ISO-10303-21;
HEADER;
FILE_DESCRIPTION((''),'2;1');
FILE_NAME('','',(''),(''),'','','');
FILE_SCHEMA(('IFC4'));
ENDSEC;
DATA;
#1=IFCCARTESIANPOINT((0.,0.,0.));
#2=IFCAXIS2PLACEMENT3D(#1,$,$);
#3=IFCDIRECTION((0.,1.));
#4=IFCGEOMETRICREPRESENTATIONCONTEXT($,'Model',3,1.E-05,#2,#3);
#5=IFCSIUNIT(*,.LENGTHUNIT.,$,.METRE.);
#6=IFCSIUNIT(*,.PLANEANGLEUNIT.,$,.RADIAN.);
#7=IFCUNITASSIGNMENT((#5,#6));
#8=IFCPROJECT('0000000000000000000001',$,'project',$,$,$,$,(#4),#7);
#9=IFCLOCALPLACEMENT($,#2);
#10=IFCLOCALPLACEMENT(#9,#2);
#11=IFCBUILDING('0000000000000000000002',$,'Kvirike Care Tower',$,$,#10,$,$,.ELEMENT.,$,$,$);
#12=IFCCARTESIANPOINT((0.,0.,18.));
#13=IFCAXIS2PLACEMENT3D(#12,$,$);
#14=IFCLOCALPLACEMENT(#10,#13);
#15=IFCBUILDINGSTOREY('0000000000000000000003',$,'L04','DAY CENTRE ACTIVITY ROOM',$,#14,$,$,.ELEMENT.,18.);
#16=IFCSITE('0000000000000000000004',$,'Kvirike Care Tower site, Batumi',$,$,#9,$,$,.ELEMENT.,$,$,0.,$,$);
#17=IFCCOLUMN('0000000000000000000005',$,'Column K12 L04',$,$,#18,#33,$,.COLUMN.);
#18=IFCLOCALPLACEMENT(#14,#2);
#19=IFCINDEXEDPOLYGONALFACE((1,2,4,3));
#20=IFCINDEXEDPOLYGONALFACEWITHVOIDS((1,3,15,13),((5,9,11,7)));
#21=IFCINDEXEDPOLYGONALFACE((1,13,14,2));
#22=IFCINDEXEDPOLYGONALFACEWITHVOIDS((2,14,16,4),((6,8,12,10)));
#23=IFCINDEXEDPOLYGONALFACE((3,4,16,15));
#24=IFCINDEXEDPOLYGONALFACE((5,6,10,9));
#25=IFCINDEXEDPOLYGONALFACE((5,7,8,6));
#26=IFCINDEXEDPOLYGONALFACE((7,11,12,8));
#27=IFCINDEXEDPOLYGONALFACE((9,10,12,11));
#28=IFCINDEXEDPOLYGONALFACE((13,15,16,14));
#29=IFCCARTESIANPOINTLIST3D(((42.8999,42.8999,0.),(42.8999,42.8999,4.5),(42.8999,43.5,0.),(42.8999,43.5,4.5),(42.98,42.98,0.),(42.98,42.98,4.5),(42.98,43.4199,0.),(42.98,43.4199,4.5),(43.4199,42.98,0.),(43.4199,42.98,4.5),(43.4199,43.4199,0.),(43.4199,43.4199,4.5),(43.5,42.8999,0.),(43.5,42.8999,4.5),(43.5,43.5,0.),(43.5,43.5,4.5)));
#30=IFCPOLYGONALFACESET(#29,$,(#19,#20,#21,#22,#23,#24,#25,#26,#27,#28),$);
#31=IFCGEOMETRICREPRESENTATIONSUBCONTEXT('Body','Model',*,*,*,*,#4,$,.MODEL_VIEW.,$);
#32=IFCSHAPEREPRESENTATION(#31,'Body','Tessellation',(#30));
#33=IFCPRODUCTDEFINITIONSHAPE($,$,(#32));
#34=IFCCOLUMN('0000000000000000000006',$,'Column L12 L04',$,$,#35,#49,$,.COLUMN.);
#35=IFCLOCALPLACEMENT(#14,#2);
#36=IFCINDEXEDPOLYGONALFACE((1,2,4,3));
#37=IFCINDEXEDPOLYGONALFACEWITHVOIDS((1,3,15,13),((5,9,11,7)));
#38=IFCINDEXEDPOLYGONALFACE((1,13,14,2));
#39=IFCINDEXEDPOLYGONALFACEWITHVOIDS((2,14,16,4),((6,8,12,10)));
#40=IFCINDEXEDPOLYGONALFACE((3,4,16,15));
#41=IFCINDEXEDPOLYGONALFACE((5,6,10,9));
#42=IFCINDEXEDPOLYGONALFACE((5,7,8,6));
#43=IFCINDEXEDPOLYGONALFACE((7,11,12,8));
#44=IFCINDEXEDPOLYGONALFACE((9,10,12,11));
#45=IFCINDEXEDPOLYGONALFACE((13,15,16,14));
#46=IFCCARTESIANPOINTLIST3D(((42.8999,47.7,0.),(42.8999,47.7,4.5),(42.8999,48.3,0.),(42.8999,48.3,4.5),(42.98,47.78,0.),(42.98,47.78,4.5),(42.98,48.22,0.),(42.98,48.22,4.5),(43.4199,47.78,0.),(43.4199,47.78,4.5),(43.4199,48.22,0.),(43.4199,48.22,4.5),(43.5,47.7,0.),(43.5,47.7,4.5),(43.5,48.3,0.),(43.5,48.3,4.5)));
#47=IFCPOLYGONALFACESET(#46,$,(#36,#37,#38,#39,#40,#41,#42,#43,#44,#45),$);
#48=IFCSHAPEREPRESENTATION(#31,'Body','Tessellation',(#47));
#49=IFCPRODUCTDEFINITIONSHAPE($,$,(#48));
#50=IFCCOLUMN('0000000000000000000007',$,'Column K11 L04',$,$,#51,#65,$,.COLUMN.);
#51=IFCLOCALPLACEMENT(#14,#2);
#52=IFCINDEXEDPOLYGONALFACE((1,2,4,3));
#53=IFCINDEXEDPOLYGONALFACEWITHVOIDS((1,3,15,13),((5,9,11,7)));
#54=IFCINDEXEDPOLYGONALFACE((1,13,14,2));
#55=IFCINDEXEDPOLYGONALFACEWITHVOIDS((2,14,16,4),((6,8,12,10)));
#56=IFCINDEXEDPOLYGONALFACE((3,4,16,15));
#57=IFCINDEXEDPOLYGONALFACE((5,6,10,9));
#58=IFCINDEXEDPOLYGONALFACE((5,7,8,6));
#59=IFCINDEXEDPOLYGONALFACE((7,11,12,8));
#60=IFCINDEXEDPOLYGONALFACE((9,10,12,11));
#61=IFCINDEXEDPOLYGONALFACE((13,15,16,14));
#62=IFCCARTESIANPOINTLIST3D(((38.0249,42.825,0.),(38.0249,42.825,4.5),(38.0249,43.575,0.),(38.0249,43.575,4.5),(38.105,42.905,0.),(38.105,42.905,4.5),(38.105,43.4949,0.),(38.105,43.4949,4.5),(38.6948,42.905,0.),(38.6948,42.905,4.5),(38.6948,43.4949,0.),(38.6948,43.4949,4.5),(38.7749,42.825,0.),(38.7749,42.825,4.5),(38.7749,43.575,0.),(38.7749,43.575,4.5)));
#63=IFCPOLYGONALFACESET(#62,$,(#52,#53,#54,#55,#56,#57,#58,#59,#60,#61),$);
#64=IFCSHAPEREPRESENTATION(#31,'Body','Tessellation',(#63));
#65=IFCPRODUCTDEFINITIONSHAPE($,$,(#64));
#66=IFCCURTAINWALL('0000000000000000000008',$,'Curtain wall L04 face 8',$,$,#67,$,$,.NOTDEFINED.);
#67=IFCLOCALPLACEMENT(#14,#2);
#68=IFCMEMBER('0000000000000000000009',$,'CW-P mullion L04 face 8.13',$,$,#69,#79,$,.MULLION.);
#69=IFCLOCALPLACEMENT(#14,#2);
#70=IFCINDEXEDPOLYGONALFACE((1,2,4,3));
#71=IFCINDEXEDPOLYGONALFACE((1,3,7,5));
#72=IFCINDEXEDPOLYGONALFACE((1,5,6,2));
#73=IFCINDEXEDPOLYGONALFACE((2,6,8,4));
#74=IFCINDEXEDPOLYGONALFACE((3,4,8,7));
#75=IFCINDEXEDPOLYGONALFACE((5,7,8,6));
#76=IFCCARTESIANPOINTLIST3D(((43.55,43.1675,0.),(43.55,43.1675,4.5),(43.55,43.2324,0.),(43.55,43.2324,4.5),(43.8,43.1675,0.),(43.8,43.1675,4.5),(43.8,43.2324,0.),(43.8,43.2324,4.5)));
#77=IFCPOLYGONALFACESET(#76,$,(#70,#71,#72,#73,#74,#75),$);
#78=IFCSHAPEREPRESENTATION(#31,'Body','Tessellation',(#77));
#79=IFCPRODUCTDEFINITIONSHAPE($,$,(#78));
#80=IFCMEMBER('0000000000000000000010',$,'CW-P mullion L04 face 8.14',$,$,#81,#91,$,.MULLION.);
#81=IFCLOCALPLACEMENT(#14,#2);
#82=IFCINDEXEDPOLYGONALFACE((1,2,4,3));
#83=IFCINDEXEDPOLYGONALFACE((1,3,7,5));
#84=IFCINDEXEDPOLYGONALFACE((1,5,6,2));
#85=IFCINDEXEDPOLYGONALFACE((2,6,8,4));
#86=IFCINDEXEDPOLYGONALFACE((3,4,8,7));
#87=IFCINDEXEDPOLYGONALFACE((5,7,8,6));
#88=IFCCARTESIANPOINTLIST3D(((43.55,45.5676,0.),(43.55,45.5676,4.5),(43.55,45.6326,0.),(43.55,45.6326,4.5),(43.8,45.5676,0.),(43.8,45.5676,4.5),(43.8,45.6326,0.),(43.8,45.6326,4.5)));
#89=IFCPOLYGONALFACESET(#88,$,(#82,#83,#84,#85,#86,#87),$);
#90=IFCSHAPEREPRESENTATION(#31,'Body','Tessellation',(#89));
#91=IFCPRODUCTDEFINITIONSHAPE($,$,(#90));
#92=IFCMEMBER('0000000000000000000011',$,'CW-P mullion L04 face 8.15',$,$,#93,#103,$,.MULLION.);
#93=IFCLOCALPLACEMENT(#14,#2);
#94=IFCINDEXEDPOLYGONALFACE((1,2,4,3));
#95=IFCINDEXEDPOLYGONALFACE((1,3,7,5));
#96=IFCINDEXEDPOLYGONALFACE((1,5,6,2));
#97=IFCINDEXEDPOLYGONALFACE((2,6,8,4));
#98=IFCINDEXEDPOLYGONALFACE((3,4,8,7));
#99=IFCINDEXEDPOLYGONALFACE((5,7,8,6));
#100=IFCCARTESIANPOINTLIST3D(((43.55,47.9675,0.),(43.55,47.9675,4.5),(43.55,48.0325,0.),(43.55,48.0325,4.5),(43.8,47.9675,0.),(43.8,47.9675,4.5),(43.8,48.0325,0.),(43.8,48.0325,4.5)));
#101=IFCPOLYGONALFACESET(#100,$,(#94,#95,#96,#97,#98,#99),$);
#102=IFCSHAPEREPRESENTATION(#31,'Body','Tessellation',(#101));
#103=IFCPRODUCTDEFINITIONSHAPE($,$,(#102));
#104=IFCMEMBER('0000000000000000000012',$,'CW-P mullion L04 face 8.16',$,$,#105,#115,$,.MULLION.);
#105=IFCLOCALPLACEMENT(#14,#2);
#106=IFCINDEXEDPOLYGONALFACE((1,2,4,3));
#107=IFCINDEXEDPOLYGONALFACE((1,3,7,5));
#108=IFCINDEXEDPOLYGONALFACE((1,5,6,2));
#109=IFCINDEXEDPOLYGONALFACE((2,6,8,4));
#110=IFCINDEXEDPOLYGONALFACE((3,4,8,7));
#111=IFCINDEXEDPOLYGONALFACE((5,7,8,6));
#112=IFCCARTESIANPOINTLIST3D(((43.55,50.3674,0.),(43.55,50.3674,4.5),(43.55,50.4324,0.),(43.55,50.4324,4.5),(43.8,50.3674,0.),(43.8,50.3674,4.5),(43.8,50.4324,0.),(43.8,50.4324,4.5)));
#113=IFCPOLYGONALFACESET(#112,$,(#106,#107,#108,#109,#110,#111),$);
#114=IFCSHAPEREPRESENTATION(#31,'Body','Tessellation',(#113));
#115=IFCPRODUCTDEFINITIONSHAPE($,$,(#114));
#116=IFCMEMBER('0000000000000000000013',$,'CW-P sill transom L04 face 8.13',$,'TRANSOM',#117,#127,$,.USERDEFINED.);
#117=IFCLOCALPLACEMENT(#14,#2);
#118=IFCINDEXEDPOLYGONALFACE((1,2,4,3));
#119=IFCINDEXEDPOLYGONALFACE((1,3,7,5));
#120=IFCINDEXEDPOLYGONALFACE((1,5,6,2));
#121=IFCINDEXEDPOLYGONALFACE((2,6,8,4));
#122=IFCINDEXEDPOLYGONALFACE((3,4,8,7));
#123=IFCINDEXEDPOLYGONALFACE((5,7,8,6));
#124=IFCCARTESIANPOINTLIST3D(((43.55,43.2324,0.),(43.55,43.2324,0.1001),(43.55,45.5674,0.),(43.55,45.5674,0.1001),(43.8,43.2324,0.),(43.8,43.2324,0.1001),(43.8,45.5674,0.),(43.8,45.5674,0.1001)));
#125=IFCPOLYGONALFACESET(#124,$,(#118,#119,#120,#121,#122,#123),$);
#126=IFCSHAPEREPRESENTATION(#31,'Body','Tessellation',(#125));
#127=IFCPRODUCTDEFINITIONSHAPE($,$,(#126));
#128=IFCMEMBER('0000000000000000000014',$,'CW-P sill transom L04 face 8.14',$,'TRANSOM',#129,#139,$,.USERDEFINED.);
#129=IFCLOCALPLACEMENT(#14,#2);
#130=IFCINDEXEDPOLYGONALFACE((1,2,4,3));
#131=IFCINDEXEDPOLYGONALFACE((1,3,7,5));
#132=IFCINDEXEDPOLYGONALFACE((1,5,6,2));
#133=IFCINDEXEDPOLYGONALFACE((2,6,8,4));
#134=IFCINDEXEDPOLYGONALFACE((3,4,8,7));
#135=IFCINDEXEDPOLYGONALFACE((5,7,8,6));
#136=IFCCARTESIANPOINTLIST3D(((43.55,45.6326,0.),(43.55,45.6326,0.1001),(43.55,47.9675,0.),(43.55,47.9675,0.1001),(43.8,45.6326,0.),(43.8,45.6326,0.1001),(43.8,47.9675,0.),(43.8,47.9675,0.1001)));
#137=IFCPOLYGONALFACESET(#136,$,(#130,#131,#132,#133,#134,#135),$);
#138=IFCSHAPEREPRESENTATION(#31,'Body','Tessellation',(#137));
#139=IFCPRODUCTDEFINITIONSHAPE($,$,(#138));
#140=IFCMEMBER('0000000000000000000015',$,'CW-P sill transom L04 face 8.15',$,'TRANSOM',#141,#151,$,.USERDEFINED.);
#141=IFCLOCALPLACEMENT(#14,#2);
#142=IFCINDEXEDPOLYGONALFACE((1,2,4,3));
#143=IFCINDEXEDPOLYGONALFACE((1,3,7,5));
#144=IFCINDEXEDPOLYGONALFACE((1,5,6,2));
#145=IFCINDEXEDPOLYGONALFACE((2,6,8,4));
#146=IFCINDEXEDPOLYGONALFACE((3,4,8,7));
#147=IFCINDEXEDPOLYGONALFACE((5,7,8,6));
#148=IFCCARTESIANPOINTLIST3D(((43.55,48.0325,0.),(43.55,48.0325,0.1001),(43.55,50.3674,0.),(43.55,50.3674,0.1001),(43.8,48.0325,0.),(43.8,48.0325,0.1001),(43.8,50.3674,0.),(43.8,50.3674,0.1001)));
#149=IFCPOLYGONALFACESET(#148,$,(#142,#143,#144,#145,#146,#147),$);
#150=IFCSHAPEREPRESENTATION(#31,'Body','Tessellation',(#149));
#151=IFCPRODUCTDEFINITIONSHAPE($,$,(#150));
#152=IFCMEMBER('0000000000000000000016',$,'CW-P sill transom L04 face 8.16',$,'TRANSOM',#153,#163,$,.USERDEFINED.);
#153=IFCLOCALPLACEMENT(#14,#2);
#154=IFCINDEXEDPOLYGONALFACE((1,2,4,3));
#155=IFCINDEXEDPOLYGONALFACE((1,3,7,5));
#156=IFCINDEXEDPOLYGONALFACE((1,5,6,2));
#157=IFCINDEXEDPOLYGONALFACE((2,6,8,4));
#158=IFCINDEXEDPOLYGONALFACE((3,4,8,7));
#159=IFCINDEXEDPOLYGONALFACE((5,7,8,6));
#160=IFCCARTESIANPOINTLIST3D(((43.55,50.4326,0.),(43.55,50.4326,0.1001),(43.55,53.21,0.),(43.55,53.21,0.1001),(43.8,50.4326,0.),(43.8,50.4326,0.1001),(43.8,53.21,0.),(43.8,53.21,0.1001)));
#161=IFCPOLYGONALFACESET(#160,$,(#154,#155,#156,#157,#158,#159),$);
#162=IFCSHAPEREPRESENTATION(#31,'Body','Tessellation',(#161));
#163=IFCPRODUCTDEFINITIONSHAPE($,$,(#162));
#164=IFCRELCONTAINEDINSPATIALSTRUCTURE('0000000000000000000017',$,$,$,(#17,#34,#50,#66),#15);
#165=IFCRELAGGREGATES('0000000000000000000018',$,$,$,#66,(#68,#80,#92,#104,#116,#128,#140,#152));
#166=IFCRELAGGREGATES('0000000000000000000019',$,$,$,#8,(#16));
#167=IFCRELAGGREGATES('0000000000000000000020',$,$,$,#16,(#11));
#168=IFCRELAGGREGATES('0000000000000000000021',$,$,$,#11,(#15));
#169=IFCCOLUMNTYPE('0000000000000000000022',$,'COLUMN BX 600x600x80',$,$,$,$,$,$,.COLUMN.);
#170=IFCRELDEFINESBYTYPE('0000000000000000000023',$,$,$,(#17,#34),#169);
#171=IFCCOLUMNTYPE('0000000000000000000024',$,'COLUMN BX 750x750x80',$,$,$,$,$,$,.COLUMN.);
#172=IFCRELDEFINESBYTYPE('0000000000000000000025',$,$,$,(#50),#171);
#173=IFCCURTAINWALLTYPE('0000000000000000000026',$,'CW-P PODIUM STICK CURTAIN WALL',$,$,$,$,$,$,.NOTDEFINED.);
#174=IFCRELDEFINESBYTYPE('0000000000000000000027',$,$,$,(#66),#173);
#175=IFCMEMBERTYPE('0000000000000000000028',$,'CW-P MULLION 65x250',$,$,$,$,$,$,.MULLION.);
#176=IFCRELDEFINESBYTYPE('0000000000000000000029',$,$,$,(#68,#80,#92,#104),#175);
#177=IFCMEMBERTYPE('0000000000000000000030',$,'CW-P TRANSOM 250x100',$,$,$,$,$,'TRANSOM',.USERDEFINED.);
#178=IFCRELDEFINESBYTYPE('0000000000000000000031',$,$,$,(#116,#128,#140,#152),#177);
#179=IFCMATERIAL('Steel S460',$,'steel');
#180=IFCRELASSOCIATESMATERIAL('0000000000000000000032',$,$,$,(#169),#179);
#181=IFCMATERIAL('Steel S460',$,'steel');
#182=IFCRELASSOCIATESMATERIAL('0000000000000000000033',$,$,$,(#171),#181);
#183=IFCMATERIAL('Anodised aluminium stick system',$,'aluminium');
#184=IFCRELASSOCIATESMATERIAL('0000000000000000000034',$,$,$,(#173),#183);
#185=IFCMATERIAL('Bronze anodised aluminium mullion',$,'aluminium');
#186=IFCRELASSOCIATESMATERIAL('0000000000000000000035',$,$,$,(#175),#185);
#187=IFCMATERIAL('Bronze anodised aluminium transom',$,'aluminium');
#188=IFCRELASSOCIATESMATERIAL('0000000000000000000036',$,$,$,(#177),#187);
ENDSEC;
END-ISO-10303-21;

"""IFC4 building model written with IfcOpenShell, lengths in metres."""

from ifc_helpers import new_model, si_unit, direction, frame, origin, origin_2d, place, context, subcontext, project, spatial, rectangle, hollow_rectangle, extrude, material, material_profile, profile_set, type_object, element, aggregate, save


model = new_model("IFC4")

# Units and contexts
model_context = context("Model", 3, precision=1e-05, world=origin(), true_north=direction((0.0, 1.0)))
body_context = subcontext(model_context, "Body", "Model", "MODEL_VIEW")
ifc_project = project(units=[si_unit("LENGTHUNIT", "METRE"), si_unit("PLANEANGLEUNIT", "RADIAN")], contexts=[model_context])

# Site, building, storey
site_placement = place(None, origin())
site = spatial("IfcSite", under=ifc_project, at=site_placement, Name="Kvirike Care Tower site, Batumi", CompositionType="ELEMENT", RefElevation=0.0)
building_placement = place(site_placement, origin())
building = spatial("IfcBuilding", under=site, at=building_placement, Name="Kvirike Care Tower", CompositionType="ELEMENT")
storey_placement = place(building_placement, frame((0.0, 0.0, 18.0)))
storey = spatial("IfcBuildingStorey", under=building, at=storey_placement, Name="L04", Description="DAY CENTRE ACTIVITY ROOM", CompositionType="ELEMENT", Elevation=18.0)

# Columns
ifc_material_1 = material(Name="Steel S460", Category="steel")
ifc_material_profile_1 = material_profile(ifc_material_1, hollow_rectangle(XDim=0.6001, YDim=0.6001, WallThickness=0.0801, at=origin_2d()), Name="BX 600x600x80")
ifc_profile_set_1 = profile_set([ifc_material_profile_1], Name="Steel S460")
column_type_1 = type_object("IfcColumnType", Name="COLUMN BX 600x600x80", PredefinedType="COLUMN", material=ifc_profile_set_1)
for number, where, z_axis, x_axis, name in (
    (1, (43.2, 43.2, 0.0), (0.0, 0.0, 1.0), (0.0, 1.0, 0.0), "Column K12 L04"),
    (2, (43.2, 48.0, 0.0), (0.0, 0.0, 1.0), (1.0, 0.0, 0.0), "Column L12 L04"),
):
    element("IfcColumn", number, at=place(storey_placement, frame(where, z_axis=z_axis, x_axis=x_axis)), inside=storey, type_object=column_type_1, Name=name, PredefinedType="COLUMN", context=body_context, shape_type="SweptSolid", body=[
        extrude(hollow_rectangle(XDim=0.6001, YDim=0.6001, WallThickness=0.0801, at=origin_2d()), origin(), (0.0, 0.0, 1.0), 4.5),
    ])
ifc_material_2 = material(Name="Steel S460", Category="steel")
ifc_material_profile_2 = material_profile(ifc_material_2, hollow_rectangle(XDim=0.75, YDim=0.75, WallThickness=0.0801, at=origin_2d()), Name="BX 750x750x80")
ifc_profile_set_2 = profile_set([ifc_material_profile_2], Name="Steel S460")
column_type_2 = type_object("IfcColumnType", Name="COLUMN BX 750x750x80", PredefinedType="COLUMN", material=ifc_profile_set_2)
column_placement = place(storey_placement, frame((38.3999, 43.2, 0.0), z_axis=(0.0, 0.0, 1.0), x_axis=(0.0, 1.0, 0.0)))
element("IfcColumn", 3, at=column_placement, inside=storey, type_object=column_type_2, Name="Column K11 L04", PredefinedType="COLUMN", context=body_context, shape_type="SweptSolid", body=[
    extrude(hollow_rectangle(XDim=0.75, YDim=0.75, WallThickness=0.0801, at=origin_2d()), origin(), (0.0, 0.0, 1.0), 4.5),
])

# Curtain wall, members
ifc_material_3 = material(Name="Anodised aluminium stick system", Category="aluminium")
curtain_wall_type = type_object("IfcCurtainWallType", Name="CW-P PODIUM STICK CURTAIN WALL", PredefinedType="NOTDEFINED", material=ifc_material_3)
curtain_wall_placement = place(storey_placement, origin())
curtain_wall = element("IfcCurtainWall", 4, at=curtain_wall_placement, inside=storey, type_object=curtain_wall_type, Name="Curtain wall L04 face 8", PredefinedType="NOTDEFINED")
ifc_material_4 = material(Name="Bronze anodised aluminium mullion", Category="aluminium")
ifc_material_profile_3 = material_profile(ifc_material_4, rectangle(XDim=0.0649, YDim=0.25, at=origin_2d()), Name="CW-P MULLION 65x250")
ifc_profile_set_3 = profile_set([ifc_material_profile_3], Name="Bronze anodised aluminium mullion")
member_type_1 = type_object("IfcMemberType", Name="CW-P MULLION 65x250", PredefinedType="MULLION", material=ifc_profile_set_3)
member_1_placement = place(storey_placement, frame((43.675, 43.2, 0.0), z_axis=(0.0, 0.0, 1.0), x_axis=(0.0, 1.0, 0.0)))
member_1 = element("IfcMember", 5, at=member_1_placement, type_object=member_type_1, Name="CW-P mullion L04 face 8.13", PredefinedType="MULLION", context=body_context, shape_type="SweptSolid", body=[
    extrude(rectangle(XDim=0.0649, YDim=0.25, at=origin_2d()), origin(), (0.0, 0.0, 1.0), 4.5),
])
member_2_placement = place(storey_placement, frame((43.675, 45.6001, 0.0), z_axis=(0.0, 0.0, 1.0), x_axis=(0.0, 1.0, 0.0)))
member_2 = element("IfcMember", 6, at=member_2_placement, type_object=member_type_1, Name="CW-P mullion L04 face 8.14", PredefinedType="MULLION", context=body_context, shape_type="SweptSolid", body=[
    extrude(rectangle(XDim=0.0649, YDim=0.25, at=origin_2d()), origin(), (0.0, 0.0, 1.0), 4.5),
])
member_3_placement = place(storey_placement, frame((43.675, 48.0, 0.0), z_axis=(0.0, 0.0, 1.0), x_axis=(0.0, 1.0, 0.0)))
member_3 = element("IfcMember", 7, at=member_3_placement, type_object=member_type_1, Name="CW-P mullion L04 face 8.15", PredefinedType="MULLION", context=body_context, shape_type="SweptSolid", body=[
    extrude(rectangle(XDim=0.0649, YDim=0.25, at=origin_2d()), origin(), (0.0, 0.0, 1.0), 4.5),
])
member_4_placement = place(storey_placement, frame((43.675, 50.3999, 0.0), z_axis=(0.0, 0.0, 1.0), x_axis=(0.0, 1.0, 0.0)))
member_4 = element("IfcMember", 8, at=member_4_placement, type_object=member_type_1, Name="CW-P mullion L04 face 8.16", PredefinedType="MULLION", context=body_context, shape_type="SweptSolid", body=[
    extrude(rectangle(XDim=0.0649, YDim=0.25, at=origin_2d()), origin(), (0.0, 0.0, 1.0), 4.5),
])
ifc_material_5 = material(Name="Bronze anodised aluminium transom", Category="aluminium")
ifc_material_profile_4 = material_profile(ifc_material_5, rectangle(XDim=0.25, YDim=0.1001, at=origin_2d()), Name="CW-P TRANSOM 250x100")
ifc_profile_set_4 = profile_set([ifc_material_profile_4], Name="Bronze anodised aluminium transom")
member_type_2 = type_object("IfcMemberType", Name="CW-P TRANSOM 250x100", ElementType="TRANSOM", PredefinedType="USERDEFINED", material=ifc_profile_set_4)
member_5_placement = place(storey_placement, frame((43.675, 43.2324, 0.05), z_axis=(0.0, 1.0, 0.0), x_axis=(-1.0, 0.0, 0.0)))
member_5 = element("IfcMember", 9, at=member_5_placement, type_object=member_type_2, Name="CW-P sill transom L04 face 8.13", ObjectType="TRANSOM", PredefinedType="USERDEFINED", context=body_context, shape_type="SweptSolid", body=[
    extrude(rectangle(XDim=0.25, YDim=0.1001, at=origin_2d()), origin(), (0.0, 0.0, 1.0), 2.335),
])
member_6_placement = place(storey_placement, frame((43.675, 45.6326, 0.05), z_axis=(0.0, 1.0, 0.0), x_axis=(-1.0, 0.0, 0.0)))
member_6 = element("IfcMember", 10, at=member_6_placement, type_object=member_type_2, Name="CW-P sill transom L04 face 8.14", ObjectType="TRANSOM", PredefinedType="USERDEFINED", context=body_context, shape_type="SweptSolid", body=[
    extrude(rectangle(XDim=0.25, YDim=0.1001, at=origin_2d()), origin(), (0.0, 0.0, 1.0), 2.335),
])
member_7_placement = place(storey_placement, frame((43.675, 48.0325, 0.05), z_axis=(0.0, 1.0, 0.0), x_axis=(-1.0, 0.0, 0.0)))
member_7 = element("IfcMember", 11, at=member_7_placement, type_object=member_type_2, Name="CW-P sill transom L04 face 8.15", ObjectType="TRANSOM", PredefinedType="USERDEFINED", context=body_context, shape_type="SweptSolid", body=[
    extrude(rectangle(XDim=0.25, YDim=0.1001, at=origin_2d()), origin(), (0.0, 0.0, 1.0), 2.335),
])
member_8_placement = place(storey_placement, frame((43.675, 50.4326, 0.05), z_axis=(0.0, 1.0, 0.0), x_axis=(-1.0, 0.0, 0.0)))
member_8 = element("IfcMember", 12, at=member_8_placement, type_object=member_type_2, Name="CW-P sill transom L04 face 8.16", ObjectType="TRANSOM", PredefinedType="USERDEFINED", context=body_context, shape_type="SweptSolid", body=[
    extrude(rectangle(XDim=0.25, YDim=0.1001, at=origin_2d()), origin(), (0.0, 0.0, 1.0), 2.7773),
])

aggregate(curtain_wall, [member_1, member_2, member_3, member_4, member_5, member_6, member_7, member_8])

save(model, "model.ifc")
